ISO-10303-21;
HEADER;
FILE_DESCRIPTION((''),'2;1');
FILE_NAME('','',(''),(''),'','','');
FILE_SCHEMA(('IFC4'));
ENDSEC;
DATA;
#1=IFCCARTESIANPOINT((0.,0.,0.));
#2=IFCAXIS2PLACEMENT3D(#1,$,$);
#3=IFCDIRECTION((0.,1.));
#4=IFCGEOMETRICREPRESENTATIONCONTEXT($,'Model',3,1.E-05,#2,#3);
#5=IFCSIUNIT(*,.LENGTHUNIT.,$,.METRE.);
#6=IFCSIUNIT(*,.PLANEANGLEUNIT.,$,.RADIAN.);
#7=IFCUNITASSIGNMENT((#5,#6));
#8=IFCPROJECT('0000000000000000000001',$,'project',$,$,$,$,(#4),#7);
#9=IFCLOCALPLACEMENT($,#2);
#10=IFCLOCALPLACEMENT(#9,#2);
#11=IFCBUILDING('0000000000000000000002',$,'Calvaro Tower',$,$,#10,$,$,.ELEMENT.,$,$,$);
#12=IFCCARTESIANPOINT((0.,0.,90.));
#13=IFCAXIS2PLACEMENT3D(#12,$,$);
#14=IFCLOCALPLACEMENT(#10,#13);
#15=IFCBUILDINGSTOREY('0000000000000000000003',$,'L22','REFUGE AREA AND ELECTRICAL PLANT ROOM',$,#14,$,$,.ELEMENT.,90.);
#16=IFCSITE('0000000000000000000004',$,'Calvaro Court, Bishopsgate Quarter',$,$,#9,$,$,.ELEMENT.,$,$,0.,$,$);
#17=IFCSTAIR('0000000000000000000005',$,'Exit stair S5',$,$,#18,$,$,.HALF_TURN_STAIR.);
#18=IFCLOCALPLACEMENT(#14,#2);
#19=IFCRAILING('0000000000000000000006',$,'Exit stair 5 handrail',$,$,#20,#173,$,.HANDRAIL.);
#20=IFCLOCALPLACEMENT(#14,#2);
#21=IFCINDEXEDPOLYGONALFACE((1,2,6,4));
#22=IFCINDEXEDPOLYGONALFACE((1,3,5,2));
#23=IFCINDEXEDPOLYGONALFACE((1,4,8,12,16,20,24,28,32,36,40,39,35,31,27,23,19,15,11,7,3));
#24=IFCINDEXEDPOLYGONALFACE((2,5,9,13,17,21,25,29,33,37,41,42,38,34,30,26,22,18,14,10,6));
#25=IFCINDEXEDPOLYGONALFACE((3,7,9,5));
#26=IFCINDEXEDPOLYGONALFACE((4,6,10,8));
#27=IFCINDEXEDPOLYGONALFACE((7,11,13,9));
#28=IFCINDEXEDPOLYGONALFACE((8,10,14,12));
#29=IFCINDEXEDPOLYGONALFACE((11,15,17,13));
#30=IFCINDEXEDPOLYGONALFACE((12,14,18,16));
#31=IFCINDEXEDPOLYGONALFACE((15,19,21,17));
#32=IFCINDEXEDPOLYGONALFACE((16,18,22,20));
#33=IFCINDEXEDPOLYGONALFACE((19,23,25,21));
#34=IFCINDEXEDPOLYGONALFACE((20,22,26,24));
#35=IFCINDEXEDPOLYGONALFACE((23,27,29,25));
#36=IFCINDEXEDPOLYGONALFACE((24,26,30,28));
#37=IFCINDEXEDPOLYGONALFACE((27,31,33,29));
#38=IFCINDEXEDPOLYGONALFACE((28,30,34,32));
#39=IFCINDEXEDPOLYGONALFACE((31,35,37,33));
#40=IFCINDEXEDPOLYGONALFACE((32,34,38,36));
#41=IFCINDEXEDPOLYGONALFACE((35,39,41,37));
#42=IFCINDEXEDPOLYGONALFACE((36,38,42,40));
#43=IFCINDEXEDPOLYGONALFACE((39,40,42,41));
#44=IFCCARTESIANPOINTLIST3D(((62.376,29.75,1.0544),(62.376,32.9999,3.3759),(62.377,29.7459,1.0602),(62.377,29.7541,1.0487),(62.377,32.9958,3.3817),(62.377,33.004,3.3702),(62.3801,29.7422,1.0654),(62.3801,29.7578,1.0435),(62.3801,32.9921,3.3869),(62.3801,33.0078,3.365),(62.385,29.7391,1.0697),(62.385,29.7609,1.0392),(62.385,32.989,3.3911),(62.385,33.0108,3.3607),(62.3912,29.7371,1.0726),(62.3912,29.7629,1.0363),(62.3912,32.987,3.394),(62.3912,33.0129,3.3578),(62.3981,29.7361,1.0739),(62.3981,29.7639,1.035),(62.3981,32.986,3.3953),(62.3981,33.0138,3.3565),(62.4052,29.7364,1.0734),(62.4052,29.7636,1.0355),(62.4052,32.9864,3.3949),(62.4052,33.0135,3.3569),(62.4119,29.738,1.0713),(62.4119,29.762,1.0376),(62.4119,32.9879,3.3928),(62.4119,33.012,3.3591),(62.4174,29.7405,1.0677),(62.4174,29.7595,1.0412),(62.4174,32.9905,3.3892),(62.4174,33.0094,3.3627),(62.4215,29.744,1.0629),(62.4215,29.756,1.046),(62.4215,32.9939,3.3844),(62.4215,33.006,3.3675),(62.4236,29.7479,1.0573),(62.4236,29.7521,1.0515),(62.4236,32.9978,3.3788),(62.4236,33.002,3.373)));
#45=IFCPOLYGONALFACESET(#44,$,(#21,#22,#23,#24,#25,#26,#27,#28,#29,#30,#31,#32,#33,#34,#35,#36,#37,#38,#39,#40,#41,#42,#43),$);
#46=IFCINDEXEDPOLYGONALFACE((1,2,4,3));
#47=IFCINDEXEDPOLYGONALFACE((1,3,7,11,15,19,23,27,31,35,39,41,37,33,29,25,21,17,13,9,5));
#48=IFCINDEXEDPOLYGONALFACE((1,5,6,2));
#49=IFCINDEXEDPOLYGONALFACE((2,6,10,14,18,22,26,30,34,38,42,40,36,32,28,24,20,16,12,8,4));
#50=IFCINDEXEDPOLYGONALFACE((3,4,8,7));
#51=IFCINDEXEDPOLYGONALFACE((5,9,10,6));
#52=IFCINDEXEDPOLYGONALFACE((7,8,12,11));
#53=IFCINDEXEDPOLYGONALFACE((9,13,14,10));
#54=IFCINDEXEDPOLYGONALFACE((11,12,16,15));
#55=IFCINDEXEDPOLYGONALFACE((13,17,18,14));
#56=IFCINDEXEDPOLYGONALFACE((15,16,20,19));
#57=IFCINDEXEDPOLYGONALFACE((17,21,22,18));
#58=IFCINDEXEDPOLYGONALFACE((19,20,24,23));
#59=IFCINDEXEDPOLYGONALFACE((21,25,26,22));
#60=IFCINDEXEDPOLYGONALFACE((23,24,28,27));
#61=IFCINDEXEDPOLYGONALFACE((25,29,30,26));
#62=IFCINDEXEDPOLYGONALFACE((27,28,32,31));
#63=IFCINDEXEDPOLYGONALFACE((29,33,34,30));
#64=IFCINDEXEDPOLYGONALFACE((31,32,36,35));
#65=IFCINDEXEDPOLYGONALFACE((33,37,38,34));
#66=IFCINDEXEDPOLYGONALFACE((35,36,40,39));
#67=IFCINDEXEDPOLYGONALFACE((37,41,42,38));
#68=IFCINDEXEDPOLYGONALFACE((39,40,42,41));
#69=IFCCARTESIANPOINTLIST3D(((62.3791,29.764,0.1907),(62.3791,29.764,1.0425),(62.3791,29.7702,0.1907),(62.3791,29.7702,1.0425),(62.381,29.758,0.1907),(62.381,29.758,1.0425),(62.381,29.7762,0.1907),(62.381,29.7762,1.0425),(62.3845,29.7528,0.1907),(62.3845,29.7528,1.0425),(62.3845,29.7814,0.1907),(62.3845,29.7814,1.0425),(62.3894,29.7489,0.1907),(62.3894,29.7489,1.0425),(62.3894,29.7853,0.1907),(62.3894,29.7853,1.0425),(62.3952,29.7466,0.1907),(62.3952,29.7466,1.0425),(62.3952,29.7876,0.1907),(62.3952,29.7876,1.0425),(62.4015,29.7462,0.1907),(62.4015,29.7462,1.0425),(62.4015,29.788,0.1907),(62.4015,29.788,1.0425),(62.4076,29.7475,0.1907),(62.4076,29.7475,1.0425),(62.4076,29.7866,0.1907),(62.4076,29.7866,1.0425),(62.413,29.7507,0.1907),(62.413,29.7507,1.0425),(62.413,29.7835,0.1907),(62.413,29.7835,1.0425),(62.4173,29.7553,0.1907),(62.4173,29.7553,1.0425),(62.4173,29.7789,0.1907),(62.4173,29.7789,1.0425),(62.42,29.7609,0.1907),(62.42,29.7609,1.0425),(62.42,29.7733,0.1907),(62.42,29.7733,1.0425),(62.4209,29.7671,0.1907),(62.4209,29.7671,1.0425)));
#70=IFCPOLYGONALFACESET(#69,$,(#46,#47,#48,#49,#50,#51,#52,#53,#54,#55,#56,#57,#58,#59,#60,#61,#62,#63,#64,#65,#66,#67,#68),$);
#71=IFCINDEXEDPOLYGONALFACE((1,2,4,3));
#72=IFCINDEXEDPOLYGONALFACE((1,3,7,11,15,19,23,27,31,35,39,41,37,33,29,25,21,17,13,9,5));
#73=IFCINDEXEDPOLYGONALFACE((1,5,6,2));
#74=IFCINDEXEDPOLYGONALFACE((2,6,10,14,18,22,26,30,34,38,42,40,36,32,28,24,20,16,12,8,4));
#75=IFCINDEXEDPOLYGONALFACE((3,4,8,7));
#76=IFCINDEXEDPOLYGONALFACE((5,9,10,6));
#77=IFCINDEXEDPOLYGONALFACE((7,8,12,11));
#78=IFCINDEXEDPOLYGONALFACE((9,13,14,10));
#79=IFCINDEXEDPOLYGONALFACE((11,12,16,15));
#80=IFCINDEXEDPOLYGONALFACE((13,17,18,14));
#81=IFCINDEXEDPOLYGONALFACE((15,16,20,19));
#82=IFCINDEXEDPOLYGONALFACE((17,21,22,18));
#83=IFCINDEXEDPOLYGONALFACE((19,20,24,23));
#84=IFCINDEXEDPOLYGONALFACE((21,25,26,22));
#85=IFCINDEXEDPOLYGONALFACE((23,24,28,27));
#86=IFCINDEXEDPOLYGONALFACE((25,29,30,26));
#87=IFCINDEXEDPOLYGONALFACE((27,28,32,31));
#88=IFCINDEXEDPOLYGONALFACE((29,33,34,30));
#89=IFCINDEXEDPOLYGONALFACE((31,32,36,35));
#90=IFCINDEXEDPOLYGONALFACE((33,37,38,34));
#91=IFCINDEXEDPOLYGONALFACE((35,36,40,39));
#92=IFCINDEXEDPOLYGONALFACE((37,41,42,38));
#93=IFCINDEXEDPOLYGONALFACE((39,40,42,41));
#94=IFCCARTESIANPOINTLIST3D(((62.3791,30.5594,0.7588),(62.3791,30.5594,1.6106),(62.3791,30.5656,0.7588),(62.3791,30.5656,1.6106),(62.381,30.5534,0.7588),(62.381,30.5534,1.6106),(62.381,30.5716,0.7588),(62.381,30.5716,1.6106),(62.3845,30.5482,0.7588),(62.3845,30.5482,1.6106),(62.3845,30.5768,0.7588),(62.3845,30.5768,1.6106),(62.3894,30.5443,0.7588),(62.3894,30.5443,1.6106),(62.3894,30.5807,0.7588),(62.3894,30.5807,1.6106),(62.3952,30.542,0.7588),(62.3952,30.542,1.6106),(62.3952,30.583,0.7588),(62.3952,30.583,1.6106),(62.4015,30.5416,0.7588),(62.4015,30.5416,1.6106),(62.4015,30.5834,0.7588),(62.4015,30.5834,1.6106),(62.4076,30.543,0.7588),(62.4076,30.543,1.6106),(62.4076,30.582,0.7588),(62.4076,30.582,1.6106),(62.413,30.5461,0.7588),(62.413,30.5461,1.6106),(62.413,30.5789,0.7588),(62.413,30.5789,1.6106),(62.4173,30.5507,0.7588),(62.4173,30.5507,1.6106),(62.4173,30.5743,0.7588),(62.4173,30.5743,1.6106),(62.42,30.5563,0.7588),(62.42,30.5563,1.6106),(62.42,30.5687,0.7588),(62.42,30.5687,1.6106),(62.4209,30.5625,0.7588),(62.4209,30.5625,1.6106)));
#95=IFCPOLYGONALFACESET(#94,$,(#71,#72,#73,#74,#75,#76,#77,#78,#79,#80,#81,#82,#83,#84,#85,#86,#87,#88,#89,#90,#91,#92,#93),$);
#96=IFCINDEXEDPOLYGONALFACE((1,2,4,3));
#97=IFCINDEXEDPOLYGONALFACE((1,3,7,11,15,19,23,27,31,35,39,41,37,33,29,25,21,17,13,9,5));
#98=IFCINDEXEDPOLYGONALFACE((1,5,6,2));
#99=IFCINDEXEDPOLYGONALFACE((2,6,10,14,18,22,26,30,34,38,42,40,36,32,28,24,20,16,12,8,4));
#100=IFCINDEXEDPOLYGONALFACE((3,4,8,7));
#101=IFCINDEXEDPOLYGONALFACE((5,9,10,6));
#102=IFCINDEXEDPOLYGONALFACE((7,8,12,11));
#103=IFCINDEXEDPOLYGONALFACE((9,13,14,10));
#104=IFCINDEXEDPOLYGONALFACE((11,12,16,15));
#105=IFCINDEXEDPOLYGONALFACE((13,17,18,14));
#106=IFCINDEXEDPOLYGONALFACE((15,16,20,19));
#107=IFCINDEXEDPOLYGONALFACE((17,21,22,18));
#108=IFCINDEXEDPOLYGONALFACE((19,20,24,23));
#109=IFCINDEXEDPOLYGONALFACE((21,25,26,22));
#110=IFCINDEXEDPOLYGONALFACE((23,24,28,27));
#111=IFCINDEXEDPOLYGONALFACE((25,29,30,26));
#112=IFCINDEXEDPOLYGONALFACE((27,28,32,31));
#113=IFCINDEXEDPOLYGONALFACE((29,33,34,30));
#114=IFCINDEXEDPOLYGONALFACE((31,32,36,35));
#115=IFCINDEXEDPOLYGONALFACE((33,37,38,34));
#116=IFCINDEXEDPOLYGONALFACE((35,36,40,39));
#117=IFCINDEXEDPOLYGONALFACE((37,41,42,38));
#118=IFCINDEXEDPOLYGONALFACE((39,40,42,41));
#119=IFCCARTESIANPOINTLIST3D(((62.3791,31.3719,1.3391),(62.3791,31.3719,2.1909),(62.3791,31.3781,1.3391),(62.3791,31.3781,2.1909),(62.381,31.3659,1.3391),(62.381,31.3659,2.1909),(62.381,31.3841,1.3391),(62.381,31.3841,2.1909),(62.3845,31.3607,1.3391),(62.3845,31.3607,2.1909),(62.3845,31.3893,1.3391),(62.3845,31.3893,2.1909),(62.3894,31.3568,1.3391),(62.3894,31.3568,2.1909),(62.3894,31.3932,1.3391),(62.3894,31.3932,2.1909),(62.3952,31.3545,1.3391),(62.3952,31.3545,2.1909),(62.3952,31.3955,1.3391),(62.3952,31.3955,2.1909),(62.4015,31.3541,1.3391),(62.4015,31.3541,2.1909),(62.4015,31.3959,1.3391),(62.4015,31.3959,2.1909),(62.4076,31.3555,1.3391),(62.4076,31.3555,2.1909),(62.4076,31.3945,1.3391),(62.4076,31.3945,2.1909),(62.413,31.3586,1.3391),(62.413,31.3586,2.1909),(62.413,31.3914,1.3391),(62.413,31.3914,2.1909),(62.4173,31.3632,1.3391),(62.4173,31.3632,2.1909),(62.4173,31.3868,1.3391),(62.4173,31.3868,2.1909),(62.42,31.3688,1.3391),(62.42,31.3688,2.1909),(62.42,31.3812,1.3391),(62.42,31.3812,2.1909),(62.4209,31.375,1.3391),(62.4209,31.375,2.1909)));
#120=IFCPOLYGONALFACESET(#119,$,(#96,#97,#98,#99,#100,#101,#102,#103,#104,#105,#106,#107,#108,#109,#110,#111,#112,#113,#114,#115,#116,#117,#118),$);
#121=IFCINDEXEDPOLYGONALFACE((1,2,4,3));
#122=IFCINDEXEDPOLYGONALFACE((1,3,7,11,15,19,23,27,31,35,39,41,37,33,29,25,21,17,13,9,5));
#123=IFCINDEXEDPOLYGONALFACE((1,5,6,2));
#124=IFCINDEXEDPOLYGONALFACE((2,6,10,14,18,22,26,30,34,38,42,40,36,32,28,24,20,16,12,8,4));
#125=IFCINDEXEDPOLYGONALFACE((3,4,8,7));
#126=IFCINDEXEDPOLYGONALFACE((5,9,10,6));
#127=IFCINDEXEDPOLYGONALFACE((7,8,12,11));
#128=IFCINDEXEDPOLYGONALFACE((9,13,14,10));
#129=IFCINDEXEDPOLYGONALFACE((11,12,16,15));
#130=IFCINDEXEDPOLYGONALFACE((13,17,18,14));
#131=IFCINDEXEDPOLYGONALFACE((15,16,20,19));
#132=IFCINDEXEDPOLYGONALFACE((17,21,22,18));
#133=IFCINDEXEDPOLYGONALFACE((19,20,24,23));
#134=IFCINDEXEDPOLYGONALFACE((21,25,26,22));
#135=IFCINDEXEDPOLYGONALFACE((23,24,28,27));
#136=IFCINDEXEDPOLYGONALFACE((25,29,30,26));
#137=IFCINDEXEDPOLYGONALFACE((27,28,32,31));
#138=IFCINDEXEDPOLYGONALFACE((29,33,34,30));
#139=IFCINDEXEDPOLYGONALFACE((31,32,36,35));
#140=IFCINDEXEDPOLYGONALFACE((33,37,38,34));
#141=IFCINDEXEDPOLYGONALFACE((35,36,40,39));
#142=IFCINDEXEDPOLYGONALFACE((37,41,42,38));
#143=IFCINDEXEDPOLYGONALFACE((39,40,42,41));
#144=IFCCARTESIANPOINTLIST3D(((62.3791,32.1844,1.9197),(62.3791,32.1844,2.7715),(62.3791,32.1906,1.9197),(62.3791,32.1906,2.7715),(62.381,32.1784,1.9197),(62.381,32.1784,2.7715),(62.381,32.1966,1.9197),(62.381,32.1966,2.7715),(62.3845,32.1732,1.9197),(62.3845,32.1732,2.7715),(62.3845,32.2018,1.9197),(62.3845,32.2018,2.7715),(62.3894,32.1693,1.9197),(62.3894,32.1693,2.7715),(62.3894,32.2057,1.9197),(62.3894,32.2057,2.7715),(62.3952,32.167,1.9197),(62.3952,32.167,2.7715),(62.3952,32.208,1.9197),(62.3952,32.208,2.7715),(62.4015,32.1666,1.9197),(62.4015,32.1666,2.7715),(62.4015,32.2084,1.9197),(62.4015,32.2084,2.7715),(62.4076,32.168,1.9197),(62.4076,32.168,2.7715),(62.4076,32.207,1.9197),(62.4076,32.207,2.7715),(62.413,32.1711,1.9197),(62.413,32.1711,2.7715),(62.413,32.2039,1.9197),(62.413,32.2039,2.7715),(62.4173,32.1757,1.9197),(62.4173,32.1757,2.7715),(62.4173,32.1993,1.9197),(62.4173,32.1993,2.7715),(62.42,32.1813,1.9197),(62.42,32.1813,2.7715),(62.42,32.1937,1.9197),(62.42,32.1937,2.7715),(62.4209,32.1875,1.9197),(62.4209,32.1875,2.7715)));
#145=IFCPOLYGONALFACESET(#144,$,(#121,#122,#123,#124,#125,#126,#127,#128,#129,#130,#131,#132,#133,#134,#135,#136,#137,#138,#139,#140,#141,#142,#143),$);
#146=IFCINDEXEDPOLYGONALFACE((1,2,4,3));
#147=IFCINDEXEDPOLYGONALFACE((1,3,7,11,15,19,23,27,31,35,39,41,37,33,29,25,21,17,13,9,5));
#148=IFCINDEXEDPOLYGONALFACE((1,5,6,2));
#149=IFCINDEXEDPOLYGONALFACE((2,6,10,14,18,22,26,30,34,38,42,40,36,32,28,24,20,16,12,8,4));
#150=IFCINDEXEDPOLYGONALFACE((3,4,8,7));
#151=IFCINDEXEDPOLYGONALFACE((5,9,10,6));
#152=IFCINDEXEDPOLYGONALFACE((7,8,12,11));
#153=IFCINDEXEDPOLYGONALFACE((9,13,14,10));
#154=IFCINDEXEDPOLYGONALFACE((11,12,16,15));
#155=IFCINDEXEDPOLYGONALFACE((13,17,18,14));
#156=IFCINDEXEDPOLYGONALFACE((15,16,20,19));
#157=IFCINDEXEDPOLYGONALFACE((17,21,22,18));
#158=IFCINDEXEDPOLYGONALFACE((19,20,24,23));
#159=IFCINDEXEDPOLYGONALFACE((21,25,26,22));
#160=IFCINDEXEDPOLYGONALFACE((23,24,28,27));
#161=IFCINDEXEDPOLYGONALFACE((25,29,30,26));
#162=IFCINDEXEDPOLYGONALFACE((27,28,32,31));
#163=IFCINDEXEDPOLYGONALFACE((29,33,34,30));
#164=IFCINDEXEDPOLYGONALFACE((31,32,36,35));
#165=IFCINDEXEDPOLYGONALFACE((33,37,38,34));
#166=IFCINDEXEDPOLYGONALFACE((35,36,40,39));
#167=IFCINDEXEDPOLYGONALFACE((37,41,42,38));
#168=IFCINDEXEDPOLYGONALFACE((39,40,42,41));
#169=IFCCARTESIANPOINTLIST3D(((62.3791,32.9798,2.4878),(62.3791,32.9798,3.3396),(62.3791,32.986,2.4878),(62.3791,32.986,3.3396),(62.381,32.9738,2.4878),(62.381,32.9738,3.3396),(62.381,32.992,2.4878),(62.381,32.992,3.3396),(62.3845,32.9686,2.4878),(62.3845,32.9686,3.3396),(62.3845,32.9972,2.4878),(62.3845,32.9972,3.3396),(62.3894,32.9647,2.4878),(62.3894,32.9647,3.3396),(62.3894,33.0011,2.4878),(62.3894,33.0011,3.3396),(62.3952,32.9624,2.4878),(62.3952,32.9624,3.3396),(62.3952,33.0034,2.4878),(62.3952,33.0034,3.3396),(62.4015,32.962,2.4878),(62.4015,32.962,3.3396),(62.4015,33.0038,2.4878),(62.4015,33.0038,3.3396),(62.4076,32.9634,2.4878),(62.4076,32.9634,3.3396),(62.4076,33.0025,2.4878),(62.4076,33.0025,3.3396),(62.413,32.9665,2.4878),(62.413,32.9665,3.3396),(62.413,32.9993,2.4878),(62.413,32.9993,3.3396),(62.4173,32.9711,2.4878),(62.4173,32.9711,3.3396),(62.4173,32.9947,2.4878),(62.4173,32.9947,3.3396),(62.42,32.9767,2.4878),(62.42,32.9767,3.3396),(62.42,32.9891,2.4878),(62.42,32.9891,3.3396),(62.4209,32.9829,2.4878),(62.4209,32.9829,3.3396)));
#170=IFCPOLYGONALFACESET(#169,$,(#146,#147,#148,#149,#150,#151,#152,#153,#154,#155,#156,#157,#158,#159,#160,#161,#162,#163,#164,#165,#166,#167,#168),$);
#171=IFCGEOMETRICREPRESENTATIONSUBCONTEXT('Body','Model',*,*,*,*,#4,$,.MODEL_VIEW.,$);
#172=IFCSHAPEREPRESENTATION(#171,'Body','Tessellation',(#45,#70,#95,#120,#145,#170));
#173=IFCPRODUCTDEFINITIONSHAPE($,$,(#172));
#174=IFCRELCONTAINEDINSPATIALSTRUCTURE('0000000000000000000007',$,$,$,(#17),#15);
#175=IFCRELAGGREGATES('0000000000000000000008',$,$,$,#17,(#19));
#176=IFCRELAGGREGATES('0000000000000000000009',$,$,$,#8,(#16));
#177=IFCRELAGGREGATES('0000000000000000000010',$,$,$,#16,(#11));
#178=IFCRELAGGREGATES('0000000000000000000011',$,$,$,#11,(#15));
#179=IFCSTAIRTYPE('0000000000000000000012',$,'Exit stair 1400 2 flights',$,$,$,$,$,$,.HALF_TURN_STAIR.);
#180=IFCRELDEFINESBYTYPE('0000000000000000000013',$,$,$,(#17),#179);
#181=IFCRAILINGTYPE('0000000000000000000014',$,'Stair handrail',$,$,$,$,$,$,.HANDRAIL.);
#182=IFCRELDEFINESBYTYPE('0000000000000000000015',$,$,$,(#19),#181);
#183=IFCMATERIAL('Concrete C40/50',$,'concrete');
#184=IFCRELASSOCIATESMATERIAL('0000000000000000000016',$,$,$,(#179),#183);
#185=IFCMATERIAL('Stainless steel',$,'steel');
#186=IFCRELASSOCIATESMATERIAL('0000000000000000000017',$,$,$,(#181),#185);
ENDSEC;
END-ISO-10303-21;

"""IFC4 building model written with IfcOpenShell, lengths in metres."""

from ifc_helpers import new_model, si_unit, direction, frame, origin, origin_2d, place, context, subcontext, project, spatial, circle, extrude, material, type_object, element, aggregate, save


model = new_model("IFC4")

# Units and contexts
model_context = context("Model", 3, precision=1e-05, world=origin(), true_north=direction((0.0, 1.0)))
body_context = subcontext(model_context, "Body", "Model", "MODEL_VIEW")
ifc_project = project(units=[si_unit("LENGTHUNIT", "METRE"), si_unit("PLANEANGLEUNIT", "RADIAN")], contexts=[model_context])

# Site, building, storey
site_placement = place(None, origin())
site = spatial("IfcSite", under=ifc_project, at=site_placement, Name="Calvaro Court, Bishopsgate Quarter", CompositionType="ELEMENT", RefElevation=0.0)
building_placement = place(site_placement, origin())
building = spatial("IfcBuilding", under=site, at=building_placement, Name="Calvaro Tower", CompositionType="ELEMENT")
storey_placement = place(building_placement, frame((0.0, 0.0, 90.0)))
storey = spatial("IfcBuildingStorey", under=building, at=storey_placement, Name="L22", Description="REFUGE AREA AND ELECTRICAL PLANT ROOM", CompositionType="ELEMENT", Elevation=90.0)

# Stair
ifc_material_1 = material(Name="Concrete C40/50", Category="concrete")
stair_type = type_object("IfcStairType", Name="Exit stair 1400 2 flights", PredefinedType="HALF_TURN_STAIR", material=ifc_material_1)
stair_placement = place(storey_placement, origin())
stair = element("IfcStair", 1, at=stair_placement, inside=storey, type_object=stair_type, Name="Exit stair S5", PredefinedType="HALF_TURN_STAIR")

# Railing
ifc_material_2 = material(Name="Stainless steel", Category="steel")
railing_type = type_object("IfcRailingType", Name="Stair handrail", PredefinedType="HANDRAIL", material=ifc_material_2)
railing_1_placement = place(storey_placement, frame((62.3999, 29.75, 0.1785)))
railing_1 = element("IfcRailing", 2, at=railing_1_placement, type_object=railing_type, Name="Exit stair 5 handrail", PredefinedType="HANDRAIL", context=body_context, shape_type="SweptSolid", body=[
    extrude(circle(Radius=0.0239, at=origin_2d()), frame((0.0, 0.0, 0.876), z_axis=(0.0, 0.813721, 0.581256), x_axis=(-1.0, 0.0, 0.0)), (0.0, 0.0, 1.0), 3.9939),
    extrude(circle(Radius=0.021, at=origin_2d()), frame((0.0, 0.0171, 0.0122)), (0.0, 0.0, 1.0), 0.8518),
    extrude(circle(Radius=0.021, at=origin_2d()), frame((0.0, 0.8125, 0.5803)), (0.0, 0.0, 1.0), 0.8518),
    extrude(circle(Radius=0.021, at=origin_2d()), frame((0.0, 1.625, 1.1606)), (0.0, 0.0, 1.0), 0.8518),
    extrude(circle(Radius=0.021, at=origin_2d()), frame((0.0, 2.4375, 1.7412)), (0.0, 0.0, 1.0), 0.8518),
    extrude(circle(Radius=0.021, at=origin_2d()), frame((0.0, 3.2329, 2.3093)), (0.0, 0.0, 1.0), 0.8518),
])
aggregate(stair, [railing_1])

save(model, "model.ifc")
